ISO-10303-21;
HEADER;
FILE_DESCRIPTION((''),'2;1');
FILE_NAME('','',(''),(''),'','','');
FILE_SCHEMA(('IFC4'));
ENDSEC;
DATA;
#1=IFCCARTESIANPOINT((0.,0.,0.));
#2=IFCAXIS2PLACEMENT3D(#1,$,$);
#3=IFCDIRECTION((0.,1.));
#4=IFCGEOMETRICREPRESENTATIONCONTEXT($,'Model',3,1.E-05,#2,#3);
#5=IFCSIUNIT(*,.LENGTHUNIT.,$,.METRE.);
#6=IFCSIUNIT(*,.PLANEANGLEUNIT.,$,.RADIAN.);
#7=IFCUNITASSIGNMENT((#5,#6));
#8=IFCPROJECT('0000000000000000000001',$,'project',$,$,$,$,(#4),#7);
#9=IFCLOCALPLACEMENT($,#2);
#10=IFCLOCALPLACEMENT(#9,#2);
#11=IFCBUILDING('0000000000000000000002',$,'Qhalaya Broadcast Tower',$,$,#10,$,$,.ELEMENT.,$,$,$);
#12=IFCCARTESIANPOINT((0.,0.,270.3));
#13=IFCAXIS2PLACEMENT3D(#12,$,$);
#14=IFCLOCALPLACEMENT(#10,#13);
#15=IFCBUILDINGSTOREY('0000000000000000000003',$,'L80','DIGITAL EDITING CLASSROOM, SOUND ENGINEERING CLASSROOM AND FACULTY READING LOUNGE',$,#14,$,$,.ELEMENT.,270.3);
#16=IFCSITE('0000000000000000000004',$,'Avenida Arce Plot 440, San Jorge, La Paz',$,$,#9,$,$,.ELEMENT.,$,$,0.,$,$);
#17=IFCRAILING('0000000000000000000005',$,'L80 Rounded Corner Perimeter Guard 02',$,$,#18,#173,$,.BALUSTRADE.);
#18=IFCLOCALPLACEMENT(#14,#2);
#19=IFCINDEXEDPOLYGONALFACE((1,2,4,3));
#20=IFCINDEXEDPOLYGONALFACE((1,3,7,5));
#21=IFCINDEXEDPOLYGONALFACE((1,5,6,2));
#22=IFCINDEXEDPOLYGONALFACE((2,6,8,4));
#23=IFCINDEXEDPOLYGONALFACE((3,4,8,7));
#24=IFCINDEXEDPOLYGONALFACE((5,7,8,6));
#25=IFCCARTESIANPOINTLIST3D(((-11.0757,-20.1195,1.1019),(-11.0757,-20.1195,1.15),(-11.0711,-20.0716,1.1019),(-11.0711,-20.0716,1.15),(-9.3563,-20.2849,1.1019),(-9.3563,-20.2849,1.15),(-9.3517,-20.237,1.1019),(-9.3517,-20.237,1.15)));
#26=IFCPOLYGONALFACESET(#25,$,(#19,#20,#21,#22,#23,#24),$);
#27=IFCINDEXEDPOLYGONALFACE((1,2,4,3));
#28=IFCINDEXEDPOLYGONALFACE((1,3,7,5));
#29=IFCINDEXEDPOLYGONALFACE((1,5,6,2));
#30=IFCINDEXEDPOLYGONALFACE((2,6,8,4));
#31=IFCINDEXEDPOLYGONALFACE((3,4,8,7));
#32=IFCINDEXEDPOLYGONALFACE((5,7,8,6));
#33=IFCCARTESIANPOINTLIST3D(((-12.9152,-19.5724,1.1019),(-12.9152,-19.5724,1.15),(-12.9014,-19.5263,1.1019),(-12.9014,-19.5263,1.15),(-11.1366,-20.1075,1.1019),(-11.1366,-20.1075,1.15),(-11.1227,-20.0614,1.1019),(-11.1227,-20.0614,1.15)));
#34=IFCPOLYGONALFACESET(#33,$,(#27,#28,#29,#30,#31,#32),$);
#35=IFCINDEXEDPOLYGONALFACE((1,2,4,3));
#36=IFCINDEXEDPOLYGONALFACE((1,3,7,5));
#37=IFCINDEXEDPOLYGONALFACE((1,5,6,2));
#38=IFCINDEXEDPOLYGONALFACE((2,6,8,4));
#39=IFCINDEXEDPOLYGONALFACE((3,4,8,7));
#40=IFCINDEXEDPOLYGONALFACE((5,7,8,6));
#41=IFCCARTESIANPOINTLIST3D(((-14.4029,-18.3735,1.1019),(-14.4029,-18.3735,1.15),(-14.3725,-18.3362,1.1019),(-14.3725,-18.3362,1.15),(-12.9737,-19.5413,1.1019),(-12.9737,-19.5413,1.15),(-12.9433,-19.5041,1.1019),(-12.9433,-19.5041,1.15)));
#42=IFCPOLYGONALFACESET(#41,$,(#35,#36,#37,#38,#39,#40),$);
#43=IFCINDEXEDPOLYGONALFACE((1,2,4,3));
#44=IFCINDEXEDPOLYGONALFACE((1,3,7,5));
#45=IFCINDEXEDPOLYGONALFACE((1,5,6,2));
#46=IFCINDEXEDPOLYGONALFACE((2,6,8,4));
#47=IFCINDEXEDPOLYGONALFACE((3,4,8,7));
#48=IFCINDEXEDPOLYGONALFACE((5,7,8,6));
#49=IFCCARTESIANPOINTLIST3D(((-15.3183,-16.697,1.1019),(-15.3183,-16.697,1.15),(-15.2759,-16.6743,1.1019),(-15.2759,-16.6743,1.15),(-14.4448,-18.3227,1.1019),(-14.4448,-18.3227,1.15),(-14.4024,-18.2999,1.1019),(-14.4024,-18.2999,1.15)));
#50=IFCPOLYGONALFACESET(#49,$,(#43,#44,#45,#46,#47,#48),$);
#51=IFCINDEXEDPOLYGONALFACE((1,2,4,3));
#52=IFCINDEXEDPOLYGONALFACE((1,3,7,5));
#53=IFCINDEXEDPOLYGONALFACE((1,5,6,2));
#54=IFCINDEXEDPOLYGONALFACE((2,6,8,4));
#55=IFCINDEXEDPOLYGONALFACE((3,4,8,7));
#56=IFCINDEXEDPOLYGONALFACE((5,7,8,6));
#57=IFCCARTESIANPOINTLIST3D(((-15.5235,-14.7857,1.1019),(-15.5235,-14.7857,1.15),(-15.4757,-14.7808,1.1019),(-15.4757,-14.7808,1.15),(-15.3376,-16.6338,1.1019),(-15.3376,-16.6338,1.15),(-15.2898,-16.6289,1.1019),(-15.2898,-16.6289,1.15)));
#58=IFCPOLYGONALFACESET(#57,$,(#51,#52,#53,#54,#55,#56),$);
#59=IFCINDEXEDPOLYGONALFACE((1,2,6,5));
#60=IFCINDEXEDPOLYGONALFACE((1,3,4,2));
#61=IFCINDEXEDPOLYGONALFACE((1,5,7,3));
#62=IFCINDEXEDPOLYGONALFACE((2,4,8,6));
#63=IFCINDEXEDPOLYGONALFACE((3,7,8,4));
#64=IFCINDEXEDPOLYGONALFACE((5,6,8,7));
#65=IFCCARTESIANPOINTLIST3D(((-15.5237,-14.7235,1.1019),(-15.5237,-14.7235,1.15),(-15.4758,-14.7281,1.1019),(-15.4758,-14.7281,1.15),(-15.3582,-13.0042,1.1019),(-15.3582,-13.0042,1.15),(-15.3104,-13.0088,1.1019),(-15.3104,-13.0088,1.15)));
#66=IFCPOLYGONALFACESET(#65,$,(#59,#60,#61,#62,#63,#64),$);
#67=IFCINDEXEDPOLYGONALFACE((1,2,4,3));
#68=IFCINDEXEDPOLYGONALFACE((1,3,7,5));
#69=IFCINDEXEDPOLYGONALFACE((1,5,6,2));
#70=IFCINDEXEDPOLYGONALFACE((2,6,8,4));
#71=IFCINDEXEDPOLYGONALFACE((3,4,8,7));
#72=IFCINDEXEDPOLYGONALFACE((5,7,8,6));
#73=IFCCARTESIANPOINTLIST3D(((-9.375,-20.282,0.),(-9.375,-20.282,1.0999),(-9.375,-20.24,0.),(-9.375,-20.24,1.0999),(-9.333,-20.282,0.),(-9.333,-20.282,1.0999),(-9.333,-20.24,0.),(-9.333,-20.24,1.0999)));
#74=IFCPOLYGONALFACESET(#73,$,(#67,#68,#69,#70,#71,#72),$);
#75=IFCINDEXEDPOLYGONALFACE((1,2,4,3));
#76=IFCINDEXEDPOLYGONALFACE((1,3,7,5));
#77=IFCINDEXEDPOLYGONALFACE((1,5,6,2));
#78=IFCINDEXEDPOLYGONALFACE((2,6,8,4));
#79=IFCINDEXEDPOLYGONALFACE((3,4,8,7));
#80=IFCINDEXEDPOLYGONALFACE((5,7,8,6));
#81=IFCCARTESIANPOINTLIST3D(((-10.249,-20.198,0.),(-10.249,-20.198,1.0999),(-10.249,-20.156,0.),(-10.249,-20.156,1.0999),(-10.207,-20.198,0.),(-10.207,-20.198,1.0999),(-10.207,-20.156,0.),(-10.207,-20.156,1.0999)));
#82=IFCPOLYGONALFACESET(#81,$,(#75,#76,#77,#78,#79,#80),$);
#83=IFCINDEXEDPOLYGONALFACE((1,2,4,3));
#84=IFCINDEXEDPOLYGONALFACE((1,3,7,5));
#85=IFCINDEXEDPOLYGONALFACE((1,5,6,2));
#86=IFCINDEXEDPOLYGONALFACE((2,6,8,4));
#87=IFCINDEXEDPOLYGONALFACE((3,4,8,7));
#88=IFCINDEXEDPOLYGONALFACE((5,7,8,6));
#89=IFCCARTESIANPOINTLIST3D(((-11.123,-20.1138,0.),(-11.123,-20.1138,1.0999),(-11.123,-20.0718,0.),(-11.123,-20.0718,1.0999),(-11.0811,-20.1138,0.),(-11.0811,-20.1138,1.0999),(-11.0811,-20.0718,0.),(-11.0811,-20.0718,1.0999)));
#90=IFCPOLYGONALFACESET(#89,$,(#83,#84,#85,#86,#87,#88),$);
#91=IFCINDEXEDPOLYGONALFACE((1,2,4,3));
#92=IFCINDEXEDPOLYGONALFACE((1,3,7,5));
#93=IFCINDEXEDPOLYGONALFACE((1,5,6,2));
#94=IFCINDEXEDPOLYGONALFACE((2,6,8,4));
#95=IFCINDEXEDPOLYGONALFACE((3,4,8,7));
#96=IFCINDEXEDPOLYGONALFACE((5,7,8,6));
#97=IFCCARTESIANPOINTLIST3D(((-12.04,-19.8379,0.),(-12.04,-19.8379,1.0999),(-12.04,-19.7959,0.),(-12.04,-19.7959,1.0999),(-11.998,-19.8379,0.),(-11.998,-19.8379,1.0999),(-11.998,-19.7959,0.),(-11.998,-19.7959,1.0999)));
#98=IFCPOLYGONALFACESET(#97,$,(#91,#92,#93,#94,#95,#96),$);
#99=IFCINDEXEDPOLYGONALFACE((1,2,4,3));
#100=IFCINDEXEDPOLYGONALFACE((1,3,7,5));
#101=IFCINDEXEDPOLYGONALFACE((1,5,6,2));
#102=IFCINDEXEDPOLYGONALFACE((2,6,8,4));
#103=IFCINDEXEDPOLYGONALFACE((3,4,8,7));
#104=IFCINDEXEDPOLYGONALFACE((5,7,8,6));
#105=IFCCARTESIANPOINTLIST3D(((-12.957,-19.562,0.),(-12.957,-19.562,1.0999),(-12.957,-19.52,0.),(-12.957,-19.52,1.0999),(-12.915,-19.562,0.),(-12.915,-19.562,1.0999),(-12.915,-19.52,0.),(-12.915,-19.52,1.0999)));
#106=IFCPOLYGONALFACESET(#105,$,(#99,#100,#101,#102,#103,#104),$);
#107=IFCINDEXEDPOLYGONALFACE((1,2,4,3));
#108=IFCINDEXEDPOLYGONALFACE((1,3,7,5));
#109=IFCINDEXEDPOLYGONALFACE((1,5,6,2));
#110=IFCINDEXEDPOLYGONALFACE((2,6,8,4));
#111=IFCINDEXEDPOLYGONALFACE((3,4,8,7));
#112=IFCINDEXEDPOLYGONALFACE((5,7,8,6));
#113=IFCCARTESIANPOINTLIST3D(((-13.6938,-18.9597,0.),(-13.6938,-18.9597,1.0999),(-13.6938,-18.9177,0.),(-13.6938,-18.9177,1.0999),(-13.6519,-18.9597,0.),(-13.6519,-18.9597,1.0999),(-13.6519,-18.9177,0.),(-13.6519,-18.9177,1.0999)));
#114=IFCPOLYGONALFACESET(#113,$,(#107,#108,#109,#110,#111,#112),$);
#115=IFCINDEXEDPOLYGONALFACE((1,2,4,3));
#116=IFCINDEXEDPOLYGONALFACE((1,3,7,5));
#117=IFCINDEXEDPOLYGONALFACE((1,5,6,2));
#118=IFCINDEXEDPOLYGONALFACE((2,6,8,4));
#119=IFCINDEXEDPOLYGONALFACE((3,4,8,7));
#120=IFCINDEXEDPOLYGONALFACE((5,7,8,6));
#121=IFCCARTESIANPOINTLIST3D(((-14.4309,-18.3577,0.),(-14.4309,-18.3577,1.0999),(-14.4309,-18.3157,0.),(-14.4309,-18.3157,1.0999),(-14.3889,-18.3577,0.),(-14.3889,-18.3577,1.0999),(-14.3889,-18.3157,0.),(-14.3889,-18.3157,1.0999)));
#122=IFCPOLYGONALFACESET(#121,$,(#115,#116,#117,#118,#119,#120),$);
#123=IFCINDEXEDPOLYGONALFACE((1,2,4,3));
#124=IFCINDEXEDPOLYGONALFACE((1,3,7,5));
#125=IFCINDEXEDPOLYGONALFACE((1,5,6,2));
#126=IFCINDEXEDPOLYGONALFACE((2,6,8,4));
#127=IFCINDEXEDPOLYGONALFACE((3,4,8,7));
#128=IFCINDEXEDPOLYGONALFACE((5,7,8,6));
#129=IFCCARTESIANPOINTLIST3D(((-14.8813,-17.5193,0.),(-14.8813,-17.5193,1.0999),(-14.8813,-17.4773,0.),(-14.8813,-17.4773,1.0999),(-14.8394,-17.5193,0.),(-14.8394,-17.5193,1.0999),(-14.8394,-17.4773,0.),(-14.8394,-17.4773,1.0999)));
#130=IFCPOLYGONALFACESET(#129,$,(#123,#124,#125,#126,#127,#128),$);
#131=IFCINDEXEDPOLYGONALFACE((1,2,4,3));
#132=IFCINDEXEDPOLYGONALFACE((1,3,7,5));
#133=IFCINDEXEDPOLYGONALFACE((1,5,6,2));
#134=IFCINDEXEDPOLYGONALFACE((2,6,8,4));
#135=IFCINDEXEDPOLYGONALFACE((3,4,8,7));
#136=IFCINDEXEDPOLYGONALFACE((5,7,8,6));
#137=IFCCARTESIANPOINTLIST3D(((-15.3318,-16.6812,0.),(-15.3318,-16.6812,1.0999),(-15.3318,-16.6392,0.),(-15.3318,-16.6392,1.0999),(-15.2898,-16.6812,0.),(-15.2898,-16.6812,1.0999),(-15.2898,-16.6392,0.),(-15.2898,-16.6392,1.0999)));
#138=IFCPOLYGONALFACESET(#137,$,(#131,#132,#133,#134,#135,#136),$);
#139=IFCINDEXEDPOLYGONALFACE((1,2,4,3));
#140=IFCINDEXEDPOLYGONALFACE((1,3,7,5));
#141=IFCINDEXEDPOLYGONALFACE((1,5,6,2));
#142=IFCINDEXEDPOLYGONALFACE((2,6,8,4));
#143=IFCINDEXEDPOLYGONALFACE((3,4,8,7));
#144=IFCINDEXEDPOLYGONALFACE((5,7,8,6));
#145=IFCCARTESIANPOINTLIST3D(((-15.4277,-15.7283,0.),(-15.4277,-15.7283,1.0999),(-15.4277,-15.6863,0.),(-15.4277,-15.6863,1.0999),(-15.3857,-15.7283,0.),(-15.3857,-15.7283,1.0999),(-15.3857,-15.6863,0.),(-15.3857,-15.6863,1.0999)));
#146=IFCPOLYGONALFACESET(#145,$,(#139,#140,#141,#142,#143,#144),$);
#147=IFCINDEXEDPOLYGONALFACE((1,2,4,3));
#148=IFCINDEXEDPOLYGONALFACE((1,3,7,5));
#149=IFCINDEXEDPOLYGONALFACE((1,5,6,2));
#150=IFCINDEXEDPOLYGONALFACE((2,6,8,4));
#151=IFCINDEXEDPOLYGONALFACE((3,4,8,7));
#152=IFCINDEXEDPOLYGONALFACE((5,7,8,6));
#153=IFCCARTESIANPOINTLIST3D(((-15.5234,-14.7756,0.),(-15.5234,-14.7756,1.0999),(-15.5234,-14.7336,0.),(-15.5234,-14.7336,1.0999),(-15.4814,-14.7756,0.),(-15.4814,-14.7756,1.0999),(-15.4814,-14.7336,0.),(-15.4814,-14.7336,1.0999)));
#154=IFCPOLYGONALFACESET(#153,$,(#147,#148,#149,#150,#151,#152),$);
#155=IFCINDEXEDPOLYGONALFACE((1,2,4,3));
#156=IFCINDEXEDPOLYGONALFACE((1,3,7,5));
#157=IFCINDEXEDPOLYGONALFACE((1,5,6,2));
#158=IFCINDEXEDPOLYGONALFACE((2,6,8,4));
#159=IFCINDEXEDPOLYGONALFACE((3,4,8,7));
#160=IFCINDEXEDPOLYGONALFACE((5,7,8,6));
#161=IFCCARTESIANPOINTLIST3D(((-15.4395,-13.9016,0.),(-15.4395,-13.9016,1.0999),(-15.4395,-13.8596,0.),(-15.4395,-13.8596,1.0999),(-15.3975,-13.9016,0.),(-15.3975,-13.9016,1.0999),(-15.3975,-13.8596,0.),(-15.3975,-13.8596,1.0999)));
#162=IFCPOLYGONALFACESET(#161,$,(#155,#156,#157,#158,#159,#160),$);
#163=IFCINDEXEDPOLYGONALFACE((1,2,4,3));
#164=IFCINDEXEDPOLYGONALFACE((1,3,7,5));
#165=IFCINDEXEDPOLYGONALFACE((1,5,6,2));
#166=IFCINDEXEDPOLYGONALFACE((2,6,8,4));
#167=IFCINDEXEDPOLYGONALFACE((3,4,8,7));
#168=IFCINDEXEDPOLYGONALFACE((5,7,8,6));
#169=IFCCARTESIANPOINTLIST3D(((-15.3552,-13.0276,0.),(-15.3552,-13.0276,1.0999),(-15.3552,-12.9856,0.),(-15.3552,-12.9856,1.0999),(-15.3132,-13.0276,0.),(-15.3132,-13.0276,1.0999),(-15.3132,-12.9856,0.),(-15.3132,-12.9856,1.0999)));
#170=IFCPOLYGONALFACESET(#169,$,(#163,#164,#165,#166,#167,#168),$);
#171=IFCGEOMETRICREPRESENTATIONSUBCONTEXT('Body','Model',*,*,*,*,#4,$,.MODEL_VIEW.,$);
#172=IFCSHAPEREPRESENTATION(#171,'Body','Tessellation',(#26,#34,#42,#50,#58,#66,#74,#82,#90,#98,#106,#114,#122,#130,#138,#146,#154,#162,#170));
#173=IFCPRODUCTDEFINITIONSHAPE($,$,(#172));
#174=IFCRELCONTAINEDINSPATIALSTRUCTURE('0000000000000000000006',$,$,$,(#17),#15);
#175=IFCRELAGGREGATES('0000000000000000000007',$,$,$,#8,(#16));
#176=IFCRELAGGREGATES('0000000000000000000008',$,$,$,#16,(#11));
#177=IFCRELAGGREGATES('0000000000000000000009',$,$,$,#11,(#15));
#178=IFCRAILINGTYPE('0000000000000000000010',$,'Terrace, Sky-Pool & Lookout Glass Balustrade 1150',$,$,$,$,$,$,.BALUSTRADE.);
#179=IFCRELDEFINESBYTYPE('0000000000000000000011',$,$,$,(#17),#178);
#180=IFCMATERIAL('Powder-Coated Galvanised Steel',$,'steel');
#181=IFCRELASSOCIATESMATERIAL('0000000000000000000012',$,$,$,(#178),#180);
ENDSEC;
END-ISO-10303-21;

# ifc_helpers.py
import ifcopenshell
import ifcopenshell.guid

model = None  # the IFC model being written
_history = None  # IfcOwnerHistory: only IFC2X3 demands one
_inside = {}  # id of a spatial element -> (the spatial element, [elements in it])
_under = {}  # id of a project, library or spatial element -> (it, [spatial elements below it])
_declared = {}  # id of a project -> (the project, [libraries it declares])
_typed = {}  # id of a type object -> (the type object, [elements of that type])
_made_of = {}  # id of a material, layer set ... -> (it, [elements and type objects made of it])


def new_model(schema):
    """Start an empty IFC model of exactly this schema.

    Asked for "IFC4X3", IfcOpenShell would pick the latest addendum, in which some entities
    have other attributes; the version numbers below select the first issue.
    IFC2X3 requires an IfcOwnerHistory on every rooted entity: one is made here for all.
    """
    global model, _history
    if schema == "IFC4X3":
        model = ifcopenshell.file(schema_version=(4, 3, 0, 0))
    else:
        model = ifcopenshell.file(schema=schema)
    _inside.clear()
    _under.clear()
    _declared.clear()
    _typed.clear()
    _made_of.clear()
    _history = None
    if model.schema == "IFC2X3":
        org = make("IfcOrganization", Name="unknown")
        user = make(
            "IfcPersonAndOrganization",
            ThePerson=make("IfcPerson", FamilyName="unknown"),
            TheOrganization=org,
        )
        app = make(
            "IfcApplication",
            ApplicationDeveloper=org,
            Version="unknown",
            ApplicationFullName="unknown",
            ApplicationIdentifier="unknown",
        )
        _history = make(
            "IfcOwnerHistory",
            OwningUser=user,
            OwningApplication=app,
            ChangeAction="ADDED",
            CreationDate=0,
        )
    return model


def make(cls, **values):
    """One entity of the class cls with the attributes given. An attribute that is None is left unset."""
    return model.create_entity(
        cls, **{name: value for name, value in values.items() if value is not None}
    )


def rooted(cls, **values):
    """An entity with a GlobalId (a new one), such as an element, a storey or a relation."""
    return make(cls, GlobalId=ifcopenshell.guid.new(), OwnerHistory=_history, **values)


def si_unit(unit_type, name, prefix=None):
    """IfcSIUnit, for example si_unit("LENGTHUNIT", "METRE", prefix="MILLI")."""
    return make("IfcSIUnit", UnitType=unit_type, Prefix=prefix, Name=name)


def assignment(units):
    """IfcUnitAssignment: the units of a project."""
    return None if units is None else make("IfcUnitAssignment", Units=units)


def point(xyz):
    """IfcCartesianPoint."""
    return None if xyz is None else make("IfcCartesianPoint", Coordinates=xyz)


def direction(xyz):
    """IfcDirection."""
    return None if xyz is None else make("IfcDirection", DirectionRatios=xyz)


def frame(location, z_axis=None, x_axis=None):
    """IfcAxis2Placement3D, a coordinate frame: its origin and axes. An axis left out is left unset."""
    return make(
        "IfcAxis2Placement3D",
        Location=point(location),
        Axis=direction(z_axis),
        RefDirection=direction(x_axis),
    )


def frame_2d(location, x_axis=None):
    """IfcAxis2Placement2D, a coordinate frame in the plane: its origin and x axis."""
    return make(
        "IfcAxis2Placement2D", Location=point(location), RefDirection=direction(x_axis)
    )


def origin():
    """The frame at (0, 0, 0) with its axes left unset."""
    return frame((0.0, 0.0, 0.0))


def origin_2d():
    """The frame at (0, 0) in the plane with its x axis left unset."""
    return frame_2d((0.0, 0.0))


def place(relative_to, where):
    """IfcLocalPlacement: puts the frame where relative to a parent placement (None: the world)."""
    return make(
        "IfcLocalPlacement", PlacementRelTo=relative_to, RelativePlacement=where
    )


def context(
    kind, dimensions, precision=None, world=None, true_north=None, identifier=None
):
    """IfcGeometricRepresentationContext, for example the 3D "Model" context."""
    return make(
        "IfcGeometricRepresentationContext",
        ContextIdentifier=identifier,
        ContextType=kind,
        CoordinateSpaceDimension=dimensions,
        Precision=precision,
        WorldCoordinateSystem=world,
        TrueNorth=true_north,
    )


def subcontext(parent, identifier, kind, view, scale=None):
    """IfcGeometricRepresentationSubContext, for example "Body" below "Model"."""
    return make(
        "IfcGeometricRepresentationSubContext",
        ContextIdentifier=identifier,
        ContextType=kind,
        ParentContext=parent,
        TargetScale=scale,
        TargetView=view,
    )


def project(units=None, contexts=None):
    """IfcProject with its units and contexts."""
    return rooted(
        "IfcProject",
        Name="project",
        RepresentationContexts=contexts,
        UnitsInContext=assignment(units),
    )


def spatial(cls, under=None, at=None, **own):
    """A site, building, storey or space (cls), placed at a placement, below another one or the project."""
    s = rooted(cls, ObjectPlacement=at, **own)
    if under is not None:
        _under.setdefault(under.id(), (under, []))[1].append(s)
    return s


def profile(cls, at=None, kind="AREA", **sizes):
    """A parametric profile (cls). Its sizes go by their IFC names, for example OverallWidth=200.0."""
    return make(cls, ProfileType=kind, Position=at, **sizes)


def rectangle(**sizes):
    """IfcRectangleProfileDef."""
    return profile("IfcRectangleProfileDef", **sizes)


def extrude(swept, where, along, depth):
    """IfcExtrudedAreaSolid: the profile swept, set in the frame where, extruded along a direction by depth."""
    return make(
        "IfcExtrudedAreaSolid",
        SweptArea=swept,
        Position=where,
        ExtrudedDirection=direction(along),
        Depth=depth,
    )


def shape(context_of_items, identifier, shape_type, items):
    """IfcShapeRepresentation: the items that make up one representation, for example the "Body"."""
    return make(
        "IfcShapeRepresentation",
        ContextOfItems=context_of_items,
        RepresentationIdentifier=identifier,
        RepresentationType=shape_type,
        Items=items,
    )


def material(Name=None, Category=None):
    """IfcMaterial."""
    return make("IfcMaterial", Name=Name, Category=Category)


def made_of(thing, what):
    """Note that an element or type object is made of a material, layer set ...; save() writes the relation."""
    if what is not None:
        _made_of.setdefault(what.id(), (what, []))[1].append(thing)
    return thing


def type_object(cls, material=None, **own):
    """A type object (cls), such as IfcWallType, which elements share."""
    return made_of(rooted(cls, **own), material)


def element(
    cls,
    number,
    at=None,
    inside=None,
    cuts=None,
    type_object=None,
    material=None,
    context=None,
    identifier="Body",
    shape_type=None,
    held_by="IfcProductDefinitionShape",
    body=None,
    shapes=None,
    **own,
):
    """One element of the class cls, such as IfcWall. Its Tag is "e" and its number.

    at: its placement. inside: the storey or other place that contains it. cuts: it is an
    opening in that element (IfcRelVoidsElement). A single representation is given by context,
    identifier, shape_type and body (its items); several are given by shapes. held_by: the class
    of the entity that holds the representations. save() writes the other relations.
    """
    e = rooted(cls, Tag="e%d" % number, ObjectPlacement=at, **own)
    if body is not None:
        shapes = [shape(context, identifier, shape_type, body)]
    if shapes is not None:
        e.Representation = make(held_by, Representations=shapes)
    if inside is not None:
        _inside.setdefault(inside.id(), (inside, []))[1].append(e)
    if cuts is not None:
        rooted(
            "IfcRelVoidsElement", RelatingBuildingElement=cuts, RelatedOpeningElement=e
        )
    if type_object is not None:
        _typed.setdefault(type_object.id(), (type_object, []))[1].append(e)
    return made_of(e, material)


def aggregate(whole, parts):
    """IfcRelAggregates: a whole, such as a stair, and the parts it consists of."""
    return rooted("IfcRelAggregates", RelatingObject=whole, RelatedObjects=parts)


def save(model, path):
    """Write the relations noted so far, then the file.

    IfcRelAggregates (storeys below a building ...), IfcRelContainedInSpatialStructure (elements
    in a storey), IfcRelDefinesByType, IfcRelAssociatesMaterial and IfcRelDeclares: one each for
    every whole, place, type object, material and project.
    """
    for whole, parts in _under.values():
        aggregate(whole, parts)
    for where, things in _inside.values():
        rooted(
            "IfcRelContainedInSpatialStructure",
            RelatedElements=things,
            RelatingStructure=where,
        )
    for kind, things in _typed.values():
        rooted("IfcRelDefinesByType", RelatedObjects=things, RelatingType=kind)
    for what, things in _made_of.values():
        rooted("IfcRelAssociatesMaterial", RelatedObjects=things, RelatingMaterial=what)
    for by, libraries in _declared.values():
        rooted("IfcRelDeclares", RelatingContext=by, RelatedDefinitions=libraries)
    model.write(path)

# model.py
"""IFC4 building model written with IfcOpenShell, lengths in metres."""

from ifc_helpers import new_model, si_unit, direction, frame, origin, origin_2d, place, context, subcontext, project, spatial, rectangle, extrude, material, type_object, element, save


model = new_model("IFC4")

# Units and contexts
model_context = context("Model", 3, precision=1e-05, world=origin(), true_north=direction((0.0, 1.0)))
body_context = subcontext(model_context, "Body", "Model", "MODEL_VIEW")
ifc_project = project(units=[si_unit("LENGTHUNIT", "METRE"), si_unit("PLANEANGLEUNIT", "RADIAN")], contexts=[model_context])

# Site, building, storey
site_placement = place(None, origin())
site = spatial("IfcSite", under=ifc_project, at=site_placement, Name="Avenida Arce Plot 440, San Jorge, La Paz", CompositionType="ELEMENT", RefElevation=0.0)
building_placement = place(site_placement, origin())
building = spatial("IfcBuilding", under=site, at=building_placement, Name="Qhalaya Broadcast Tower", CompositionType="ELEMENT")
storey_placement = place(building_placement, frame((0.0, 0.0, 270.3)))
storey = spatial("IfcBuildingStorey", under=building, at=storey_placement, Name="L80", Description="DIGITAL EDITING CLASSROOM, SOUND ENGINEERING CLASSROOM AND FACULTY READING LOUNGE", CompositionType="ELEMENT", Elevation=270.3)

# Railing
ifc_material_1 = material(Name="Powder-Coated Galvanised Steel", Category="steel")
railing_type = type_object("IfcRailingType", Name="Terrace, Sky-Pool & Lookout Glass Balustrade 1150", PredefinedType="BALUSTRADE", material=ifc_material_1)
railing_placement = place(storey_placement, frame((-9.354, -20.261, 0.0)))
element("IfcRailing", 1, at=railing_placement, inside=storey, type_object=railing_type, Name="L80 Rounded Corner Perimeter Guard 02", PredefinedType="BALUSTRADE", context=body_context, shape_type="SweptSolid", body=[
    extrude(rectangle(XDim=0.0481, YDim=0.0481, at=origin_2d()), frame((0.0, 0.0, 1.126), z_axis=(-0.995402, 0.095787, 0.0), x_axis=(-0.095787, -0.995402, 0.0)), (0.0, 0.0, 1.0), 1.7273),
    extrude(rectangle(XDim=0.0481, YDim=0.0481, at=origin_2d()), frame((-1.7756, 0.1765, 1.126), z_axis=(-0.957601, 0.288096, 0.0), x_axis=(-0.288096, -0.957601, 0.0)), (0.0, 0.0, 1.0), 1.8574),
    extrude(rectangle(XDim=0.0481, YDim=0.0481, at=origin_2d()), frame((-3.6045, 0.7383, 1.126), z_axis=(-0.774357, 0.632749, 0.0), x_axis=(-0.632749, -0.774357, 0.0)), (0.0, 0.0, 1.0), 1.8457),
    extrude(rectangle(XDim=0.0481, YDim=0.0481, at=origin_2d()), frame((-5.0696, 1.9497, 1.126), z_axis=(-0.473342, 0.880879, 0.0), x_axis=(-0.880879, -0.473342, 0.0)), (0.0, 0.0, 1.0), 1.8455),
    extrude(rectangle(XDim=0.0481, YDim=0.0481, at=origin_2d()), frame((-5.9597, 3.6296, 1.126), z_axis=(-0.100072, 0.99498, 0.0), x_axis=(-0.99498, -0.100072, 0.0)), (0.0, 0.0, 1.0), 1.8574),
    extrude(rectangle(XDim=0.0481, YDim=0.0481, at=origin_2d()), frame((-6.1458, 5.5352, 1.126), z_axis=(0.095787, 0.995402, 0.0), x_axis=(-0.995402, 0.095787, 0.0)), (0.0, 0.0, 1.0), 1.7273),
    extrude(rectangle(XDim=0.042, YDim=0.042, at=origin_2d()), origin(), (0.0, 0.0, 1.0), 1.0999),
    extrude(rectangle(XDim=0.042, YDim=0.042, at=origin_2d()), frame((-0.874, 0.084, 0.0)), (0.0, 0.0, 1.0), 1.0999),
    extrude(rectangle(XDim=0.042, YDim=0.042, at=origin_2d()), frame((-1.748, 0.1682, 0.0)), (0.0, 0.0, 1.0), 1.0999),
    extrude(rectangle(XDim=0.042, YDim=0.042, at=origin_2d()), frame((-2.665, 0.4441, 0.0)), (0.0, 0.0, 1.0), 1.0999),
    extrude(rectangle(XDim=0.042, YDim=0.042, at=origin_2d()), frame((-3.582, 0.72, 0.0)), (0.0, 0.0, 1.0), 1.0999),
    extrude(rectangle(XDim=0.042, YDim=0.042, at=origin_2d()), frame((-4.3188, 1.3223, 0.0)), (0.0, 0.0, 1.0), 1.0999),
    extrude(rectangle(XDim=0.042, YDim=0.042, at=origin_2d()), frame((-5.0559, 1.9243, 0.0)), (0.0, 0.0, 1.0), 1.0999),
    extrude(rectangle(XDim=0.042, YDim=0.042, at=origin_2d()), frame((-5.5063, 2.7627, 0.0)), (0.0, 0.0, 1.0), 1.0999),
    extrude(rectangle(XDim=0.042, YDim=0.042, at=origin_2d()), frame((-5.9568, 3.6008, 0.0)), (0.0, 0.0, 1.0), 1.0999),
    extrude(rectangle(XDim=0.042, YDim=0.042, at=origin_2d()), frame((-6.0527, 4.5537, 0.0)), (0.0, 0.0, 1.0), 1.0999),
    extrude(rectangle(XDim=0.042, YDim=0.042, at=origin_2d()), frame((-6.1484, 5.5063, 0.0)), (0.0, 0.0, 1.0), 1.0999),
    extrude(rectangle(XDim=0.042, YDim=0.042, at=origin_2d()), frame((-6.0645, 6.3804, 0.0)), (0.0, 0.0, 1.0), 1.0999),
    extrude(rectangle(XDim=0.042, YDim=0.042, at=origin_2d()), frame((-5.9802, 7.2544, 0.0)), (0.0, 0.0, 1.0), 1.0999),
])

save(model, "model.ifc")
